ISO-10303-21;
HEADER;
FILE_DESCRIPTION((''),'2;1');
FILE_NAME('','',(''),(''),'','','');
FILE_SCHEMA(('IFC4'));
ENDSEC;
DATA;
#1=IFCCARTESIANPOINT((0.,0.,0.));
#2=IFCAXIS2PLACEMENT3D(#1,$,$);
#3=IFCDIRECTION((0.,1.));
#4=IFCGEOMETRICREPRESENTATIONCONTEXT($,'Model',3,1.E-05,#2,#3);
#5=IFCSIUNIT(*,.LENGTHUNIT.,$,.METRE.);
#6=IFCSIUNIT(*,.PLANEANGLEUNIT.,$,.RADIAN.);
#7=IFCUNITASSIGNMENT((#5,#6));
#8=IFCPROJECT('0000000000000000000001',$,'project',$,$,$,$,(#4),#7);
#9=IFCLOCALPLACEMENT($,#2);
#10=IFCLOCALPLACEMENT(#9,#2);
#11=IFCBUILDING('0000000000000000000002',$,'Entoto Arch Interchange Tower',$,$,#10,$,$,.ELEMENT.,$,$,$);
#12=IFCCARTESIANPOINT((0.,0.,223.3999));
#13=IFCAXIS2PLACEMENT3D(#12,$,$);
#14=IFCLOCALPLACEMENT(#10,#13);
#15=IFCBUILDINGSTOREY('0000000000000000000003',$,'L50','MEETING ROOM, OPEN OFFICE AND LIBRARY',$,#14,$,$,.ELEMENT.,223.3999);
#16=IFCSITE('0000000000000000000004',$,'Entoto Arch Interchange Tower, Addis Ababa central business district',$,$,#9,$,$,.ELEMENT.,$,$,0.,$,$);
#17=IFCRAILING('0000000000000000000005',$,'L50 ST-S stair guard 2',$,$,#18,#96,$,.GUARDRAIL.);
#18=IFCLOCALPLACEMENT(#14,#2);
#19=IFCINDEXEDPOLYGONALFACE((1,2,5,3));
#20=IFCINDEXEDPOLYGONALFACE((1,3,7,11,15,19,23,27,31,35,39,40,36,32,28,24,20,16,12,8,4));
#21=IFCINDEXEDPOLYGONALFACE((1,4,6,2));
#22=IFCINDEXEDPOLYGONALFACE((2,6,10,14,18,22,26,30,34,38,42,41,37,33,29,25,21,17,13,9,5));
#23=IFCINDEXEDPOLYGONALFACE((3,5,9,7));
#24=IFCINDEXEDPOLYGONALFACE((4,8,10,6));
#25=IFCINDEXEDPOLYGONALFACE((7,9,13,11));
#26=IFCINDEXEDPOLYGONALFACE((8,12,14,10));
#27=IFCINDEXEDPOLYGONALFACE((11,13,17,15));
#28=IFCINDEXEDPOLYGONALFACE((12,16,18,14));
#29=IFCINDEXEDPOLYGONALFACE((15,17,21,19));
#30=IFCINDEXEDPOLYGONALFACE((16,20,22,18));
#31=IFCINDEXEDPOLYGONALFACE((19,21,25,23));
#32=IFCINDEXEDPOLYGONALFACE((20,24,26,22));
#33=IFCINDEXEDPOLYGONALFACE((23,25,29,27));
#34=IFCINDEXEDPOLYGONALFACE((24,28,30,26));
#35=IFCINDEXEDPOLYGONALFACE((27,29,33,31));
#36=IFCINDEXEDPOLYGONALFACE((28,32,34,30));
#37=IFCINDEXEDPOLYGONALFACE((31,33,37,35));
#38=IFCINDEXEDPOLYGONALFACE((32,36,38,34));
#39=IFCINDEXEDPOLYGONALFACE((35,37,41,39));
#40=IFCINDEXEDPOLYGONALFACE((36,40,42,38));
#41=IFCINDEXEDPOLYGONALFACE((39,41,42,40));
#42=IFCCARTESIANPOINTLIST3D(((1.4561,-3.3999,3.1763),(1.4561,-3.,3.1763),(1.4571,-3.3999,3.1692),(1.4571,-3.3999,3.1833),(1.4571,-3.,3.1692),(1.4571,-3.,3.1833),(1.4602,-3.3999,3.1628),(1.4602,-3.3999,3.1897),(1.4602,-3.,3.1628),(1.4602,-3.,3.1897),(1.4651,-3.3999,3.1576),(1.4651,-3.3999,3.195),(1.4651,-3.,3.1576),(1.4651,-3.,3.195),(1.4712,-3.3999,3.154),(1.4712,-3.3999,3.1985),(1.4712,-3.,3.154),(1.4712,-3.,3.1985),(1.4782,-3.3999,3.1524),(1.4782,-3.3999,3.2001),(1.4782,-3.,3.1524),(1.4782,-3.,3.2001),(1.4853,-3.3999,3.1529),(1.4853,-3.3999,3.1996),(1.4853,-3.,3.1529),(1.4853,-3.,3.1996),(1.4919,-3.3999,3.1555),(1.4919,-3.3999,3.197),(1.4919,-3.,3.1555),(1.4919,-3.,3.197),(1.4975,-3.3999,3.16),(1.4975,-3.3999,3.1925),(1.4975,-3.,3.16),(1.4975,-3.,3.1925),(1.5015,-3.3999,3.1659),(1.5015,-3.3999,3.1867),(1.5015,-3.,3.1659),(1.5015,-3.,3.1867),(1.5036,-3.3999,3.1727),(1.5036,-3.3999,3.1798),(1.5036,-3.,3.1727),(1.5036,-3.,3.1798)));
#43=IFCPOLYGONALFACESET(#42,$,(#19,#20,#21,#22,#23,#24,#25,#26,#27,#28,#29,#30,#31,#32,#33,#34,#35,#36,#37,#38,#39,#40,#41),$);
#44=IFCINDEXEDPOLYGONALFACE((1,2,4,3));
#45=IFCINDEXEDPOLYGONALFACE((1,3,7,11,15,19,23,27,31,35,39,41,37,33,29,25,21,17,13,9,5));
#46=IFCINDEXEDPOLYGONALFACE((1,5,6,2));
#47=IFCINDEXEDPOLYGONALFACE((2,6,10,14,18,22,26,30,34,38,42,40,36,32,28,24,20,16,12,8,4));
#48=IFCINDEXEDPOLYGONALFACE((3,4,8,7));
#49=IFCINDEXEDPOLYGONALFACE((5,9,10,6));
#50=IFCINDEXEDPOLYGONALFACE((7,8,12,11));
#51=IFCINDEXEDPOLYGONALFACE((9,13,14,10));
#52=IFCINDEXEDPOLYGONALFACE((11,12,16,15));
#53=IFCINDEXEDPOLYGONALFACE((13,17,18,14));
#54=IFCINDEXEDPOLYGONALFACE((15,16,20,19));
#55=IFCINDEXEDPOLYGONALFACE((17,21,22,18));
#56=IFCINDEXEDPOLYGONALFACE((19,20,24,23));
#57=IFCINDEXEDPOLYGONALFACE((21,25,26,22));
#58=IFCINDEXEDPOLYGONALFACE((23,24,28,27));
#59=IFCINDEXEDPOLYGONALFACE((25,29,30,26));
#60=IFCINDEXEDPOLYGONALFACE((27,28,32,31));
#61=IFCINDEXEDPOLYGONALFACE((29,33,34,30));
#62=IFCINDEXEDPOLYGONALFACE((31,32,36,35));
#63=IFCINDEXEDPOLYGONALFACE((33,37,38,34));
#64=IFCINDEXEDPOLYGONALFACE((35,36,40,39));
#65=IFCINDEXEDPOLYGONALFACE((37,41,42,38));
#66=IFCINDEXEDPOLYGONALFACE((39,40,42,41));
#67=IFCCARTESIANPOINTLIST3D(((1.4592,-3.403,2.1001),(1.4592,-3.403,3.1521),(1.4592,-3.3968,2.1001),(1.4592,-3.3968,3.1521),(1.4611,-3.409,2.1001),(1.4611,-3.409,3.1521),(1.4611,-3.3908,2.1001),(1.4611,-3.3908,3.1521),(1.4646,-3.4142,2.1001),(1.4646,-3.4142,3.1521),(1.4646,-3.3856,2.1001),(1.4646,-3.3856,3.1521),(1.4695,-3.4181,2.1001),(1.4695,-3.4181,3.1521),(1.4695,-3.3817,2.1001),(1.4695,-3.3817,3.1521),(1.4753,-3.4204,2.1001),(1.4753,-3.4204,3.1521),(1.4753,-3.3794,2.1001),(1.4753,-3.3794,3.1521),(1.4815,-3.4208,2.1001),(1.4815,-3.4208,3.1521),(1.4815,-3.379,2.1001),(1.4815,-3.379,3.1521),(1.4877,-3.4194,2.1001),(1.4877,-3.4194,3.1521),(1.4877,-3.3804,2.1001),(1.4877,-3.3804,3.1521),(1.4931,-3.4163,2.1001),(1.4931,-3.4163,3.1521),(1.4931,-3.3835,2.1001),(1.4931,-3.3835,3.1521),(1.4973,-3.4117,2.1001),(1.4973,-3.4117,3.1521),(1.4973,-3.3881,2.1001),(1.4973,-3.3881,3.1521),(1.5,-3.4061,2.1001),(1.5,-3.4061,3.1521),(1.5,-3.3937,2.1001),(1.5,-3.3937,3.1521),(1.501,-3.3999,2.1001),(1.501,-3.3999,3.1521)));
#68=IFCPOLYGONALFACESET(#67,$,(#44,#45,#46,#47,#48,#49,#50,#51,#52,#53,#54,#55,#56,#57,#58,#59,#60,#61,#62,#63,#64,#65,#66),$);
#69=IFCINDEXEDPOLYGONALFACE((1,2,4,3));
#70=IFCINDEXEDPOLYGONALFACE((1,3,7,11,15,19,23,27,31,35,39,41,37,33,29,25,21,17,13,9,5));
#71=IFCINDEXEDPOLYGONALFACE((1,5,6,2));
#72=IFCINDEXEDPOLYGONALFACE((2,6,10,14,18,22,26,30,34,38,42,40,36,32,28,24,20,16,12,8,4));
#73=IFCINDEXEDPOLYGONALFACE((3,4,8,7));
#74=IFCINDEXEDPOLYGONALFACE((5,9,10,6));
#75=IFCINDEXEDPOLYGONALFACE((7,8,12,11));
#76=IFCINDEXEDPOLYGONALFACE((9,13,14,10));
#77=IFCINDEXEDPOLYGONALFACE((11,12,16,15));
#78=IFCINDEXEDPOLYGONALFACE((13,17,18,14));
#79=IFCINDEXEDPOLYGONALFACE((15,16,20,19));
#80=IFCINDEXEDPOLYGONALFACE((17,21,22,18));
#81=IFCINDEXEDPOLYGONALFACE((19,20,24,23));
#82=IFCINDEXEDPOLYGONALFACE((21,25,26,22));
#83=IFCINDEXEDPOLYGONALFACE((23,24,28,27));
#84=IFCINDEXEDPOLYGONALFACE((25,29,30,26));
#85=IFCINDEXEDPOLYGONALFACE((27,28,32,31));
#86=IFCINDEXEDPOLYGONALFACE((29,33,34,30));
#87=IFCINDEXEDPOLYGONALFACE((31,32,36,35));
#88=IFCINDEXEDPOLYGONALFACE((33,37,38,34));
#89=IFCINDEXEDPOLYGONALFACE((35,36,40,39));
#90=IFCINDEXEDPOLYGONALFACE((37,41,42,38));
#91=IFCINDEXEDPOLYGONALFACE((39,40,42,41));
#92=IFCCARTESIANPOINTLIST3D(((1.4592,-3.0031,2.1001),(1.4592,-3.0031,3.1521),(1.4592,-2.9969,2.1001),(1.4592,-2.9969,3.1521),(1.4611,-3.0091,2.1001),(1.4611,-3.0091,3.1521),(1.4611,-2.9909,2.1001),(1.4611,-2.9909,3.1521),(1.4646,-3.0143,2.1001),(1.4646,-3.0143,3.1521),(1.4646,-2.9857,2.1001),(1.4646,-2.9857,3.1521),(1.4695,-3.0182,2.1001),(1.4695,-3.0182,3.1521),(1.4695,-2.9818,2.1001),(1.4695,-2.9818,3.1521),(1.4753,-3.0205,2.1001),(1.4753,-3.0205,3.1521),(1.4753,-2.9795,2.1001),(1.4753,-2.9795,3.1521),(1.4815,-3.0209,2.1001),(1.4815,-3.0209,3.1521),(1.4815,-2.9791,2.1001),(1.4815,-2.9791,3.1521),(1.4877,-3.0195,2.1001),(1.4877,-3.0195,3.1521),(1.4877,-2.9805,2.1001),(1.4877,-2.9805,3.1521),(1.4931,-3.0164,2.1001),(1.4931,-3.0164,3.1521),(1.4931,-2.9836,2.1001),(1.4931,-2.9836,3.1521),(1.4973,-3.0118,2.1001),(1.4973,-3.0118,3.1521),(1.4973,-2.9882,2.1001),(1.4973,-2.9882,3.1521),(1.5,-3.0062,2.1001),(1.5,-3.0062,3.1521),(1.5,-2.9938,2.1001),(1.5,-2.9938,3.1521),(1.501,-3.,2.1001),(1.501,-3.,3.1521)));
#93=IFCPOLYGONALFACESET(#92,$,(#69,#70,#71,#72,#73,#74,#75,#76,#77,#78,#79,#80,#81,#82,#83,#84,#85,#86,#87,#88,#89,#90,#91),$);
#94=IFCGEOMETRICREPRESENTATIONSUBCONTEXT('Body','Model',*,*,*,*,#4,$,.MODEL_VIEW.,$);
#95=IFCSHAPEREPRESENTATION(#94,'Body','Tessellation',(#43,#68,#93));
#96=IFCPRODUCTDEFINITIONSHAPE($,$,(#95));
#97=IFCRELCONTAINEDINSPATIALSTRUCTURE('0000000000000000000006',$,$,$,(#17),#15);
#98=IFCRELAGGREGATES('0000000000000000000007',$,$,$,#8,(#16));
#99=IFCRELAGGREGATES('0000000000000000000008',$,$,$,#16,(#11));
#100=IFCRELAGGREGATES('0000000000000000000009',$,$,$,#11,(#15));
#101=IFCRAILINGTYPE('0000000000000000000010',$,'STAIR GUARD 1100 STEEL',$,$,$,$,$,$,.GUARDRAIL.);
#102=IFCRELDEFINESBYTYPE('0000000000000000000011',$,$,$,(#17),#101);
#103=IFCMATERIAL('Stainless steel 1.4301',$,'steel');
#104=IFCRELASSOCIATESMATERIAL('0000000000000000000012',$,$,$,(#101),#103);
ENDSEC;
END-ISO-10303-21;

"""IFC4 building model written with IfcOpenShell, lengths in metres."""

from ifc_helpers import new_model, si_unit, direction, frame, origin, origin_2d, place, context, subcontext, project, spatial, circle, extrude, material, type_object, element, save


model = new_model("IFC4")

# Units and contexts
model_context = context("Model", 3, precision=1e-05, world=origin(), true_north=direction((0.0, 1.0)))
body_context = subcontext(model_context, "Body", "Model", "MODEL_VIEW")
ifc_project = project(units=[si_unit("LENGTHUNIT", "METRE"), si_unit("PLANEANGLEUNIT", "RADIAN")], contexts=[model_context])

# Site, building, storey
site_placement = place(None, origin())
site = spatial("IfcSite", under=ifc_project, at=site_placement, Name="Entoto Arch Interchange Tower, Addis Ababa central business district", CompositionType="ELEMENT", RefElevation=0.0)
building_placement = place(site_placement, origin())
building = spatial("IfcBuilding", under=site, at=building_placement, Name="Entoto Arch Interchange Tower", CompositionType="ELEMENT")
storey_placement = place(building_placement, frame((0.0, 0.0, 223.3999)))
storey = spatial("IfcBuildingStorey", under=building, at=storey_placement, Name="L50", Description="MEETING ROOM, OPEN OFFICE AND LIBRARY", CompositionType="ELEMENT", Elevation=223.3999)

# Railing
ifc_material_1 = material(Name="Stainless steel 1.4301", Category="steel")
railing_type_1 = type_object("IfcRailingType", Name="STAIR GUARD 1100 STEEL", PredefinedType="GUARDRAIL", material=ifc_material_1)
railing_1_placement = place(storey_placement, frame((1.48, -3.3999, 2.1001)))
element("IfcRailing", 1, at=railing_1_placement, inside=storey, type_object=railing_type_1, Name="L50 ST-S stair guard 2", PredefinedType="GUARDRAIL", context=body_context, shape_type="SweptSolid", body=[
    extrude(circle(Radius=0.0239, at=origin_2d()), frame((0.0, 0.0, 1.0762), z_axis=(0.0, 1.0, 0.0), x_axis=(-1.0, 0.0, 0.0)), (0.0, 0.0, 1.0), 0.3999),
    extrude(circle(Radius=0.021, at=origin_2d()), origin(), (0.0, 0.0, 1.0), 1.052),
    extrude(circle(Radius=0.021, at=origin_2d()), frame((0.0, 0.3999, 0.0)), (0.0, 0.0, 1.0), 1.052),
])

save(model, "model.ifc")
